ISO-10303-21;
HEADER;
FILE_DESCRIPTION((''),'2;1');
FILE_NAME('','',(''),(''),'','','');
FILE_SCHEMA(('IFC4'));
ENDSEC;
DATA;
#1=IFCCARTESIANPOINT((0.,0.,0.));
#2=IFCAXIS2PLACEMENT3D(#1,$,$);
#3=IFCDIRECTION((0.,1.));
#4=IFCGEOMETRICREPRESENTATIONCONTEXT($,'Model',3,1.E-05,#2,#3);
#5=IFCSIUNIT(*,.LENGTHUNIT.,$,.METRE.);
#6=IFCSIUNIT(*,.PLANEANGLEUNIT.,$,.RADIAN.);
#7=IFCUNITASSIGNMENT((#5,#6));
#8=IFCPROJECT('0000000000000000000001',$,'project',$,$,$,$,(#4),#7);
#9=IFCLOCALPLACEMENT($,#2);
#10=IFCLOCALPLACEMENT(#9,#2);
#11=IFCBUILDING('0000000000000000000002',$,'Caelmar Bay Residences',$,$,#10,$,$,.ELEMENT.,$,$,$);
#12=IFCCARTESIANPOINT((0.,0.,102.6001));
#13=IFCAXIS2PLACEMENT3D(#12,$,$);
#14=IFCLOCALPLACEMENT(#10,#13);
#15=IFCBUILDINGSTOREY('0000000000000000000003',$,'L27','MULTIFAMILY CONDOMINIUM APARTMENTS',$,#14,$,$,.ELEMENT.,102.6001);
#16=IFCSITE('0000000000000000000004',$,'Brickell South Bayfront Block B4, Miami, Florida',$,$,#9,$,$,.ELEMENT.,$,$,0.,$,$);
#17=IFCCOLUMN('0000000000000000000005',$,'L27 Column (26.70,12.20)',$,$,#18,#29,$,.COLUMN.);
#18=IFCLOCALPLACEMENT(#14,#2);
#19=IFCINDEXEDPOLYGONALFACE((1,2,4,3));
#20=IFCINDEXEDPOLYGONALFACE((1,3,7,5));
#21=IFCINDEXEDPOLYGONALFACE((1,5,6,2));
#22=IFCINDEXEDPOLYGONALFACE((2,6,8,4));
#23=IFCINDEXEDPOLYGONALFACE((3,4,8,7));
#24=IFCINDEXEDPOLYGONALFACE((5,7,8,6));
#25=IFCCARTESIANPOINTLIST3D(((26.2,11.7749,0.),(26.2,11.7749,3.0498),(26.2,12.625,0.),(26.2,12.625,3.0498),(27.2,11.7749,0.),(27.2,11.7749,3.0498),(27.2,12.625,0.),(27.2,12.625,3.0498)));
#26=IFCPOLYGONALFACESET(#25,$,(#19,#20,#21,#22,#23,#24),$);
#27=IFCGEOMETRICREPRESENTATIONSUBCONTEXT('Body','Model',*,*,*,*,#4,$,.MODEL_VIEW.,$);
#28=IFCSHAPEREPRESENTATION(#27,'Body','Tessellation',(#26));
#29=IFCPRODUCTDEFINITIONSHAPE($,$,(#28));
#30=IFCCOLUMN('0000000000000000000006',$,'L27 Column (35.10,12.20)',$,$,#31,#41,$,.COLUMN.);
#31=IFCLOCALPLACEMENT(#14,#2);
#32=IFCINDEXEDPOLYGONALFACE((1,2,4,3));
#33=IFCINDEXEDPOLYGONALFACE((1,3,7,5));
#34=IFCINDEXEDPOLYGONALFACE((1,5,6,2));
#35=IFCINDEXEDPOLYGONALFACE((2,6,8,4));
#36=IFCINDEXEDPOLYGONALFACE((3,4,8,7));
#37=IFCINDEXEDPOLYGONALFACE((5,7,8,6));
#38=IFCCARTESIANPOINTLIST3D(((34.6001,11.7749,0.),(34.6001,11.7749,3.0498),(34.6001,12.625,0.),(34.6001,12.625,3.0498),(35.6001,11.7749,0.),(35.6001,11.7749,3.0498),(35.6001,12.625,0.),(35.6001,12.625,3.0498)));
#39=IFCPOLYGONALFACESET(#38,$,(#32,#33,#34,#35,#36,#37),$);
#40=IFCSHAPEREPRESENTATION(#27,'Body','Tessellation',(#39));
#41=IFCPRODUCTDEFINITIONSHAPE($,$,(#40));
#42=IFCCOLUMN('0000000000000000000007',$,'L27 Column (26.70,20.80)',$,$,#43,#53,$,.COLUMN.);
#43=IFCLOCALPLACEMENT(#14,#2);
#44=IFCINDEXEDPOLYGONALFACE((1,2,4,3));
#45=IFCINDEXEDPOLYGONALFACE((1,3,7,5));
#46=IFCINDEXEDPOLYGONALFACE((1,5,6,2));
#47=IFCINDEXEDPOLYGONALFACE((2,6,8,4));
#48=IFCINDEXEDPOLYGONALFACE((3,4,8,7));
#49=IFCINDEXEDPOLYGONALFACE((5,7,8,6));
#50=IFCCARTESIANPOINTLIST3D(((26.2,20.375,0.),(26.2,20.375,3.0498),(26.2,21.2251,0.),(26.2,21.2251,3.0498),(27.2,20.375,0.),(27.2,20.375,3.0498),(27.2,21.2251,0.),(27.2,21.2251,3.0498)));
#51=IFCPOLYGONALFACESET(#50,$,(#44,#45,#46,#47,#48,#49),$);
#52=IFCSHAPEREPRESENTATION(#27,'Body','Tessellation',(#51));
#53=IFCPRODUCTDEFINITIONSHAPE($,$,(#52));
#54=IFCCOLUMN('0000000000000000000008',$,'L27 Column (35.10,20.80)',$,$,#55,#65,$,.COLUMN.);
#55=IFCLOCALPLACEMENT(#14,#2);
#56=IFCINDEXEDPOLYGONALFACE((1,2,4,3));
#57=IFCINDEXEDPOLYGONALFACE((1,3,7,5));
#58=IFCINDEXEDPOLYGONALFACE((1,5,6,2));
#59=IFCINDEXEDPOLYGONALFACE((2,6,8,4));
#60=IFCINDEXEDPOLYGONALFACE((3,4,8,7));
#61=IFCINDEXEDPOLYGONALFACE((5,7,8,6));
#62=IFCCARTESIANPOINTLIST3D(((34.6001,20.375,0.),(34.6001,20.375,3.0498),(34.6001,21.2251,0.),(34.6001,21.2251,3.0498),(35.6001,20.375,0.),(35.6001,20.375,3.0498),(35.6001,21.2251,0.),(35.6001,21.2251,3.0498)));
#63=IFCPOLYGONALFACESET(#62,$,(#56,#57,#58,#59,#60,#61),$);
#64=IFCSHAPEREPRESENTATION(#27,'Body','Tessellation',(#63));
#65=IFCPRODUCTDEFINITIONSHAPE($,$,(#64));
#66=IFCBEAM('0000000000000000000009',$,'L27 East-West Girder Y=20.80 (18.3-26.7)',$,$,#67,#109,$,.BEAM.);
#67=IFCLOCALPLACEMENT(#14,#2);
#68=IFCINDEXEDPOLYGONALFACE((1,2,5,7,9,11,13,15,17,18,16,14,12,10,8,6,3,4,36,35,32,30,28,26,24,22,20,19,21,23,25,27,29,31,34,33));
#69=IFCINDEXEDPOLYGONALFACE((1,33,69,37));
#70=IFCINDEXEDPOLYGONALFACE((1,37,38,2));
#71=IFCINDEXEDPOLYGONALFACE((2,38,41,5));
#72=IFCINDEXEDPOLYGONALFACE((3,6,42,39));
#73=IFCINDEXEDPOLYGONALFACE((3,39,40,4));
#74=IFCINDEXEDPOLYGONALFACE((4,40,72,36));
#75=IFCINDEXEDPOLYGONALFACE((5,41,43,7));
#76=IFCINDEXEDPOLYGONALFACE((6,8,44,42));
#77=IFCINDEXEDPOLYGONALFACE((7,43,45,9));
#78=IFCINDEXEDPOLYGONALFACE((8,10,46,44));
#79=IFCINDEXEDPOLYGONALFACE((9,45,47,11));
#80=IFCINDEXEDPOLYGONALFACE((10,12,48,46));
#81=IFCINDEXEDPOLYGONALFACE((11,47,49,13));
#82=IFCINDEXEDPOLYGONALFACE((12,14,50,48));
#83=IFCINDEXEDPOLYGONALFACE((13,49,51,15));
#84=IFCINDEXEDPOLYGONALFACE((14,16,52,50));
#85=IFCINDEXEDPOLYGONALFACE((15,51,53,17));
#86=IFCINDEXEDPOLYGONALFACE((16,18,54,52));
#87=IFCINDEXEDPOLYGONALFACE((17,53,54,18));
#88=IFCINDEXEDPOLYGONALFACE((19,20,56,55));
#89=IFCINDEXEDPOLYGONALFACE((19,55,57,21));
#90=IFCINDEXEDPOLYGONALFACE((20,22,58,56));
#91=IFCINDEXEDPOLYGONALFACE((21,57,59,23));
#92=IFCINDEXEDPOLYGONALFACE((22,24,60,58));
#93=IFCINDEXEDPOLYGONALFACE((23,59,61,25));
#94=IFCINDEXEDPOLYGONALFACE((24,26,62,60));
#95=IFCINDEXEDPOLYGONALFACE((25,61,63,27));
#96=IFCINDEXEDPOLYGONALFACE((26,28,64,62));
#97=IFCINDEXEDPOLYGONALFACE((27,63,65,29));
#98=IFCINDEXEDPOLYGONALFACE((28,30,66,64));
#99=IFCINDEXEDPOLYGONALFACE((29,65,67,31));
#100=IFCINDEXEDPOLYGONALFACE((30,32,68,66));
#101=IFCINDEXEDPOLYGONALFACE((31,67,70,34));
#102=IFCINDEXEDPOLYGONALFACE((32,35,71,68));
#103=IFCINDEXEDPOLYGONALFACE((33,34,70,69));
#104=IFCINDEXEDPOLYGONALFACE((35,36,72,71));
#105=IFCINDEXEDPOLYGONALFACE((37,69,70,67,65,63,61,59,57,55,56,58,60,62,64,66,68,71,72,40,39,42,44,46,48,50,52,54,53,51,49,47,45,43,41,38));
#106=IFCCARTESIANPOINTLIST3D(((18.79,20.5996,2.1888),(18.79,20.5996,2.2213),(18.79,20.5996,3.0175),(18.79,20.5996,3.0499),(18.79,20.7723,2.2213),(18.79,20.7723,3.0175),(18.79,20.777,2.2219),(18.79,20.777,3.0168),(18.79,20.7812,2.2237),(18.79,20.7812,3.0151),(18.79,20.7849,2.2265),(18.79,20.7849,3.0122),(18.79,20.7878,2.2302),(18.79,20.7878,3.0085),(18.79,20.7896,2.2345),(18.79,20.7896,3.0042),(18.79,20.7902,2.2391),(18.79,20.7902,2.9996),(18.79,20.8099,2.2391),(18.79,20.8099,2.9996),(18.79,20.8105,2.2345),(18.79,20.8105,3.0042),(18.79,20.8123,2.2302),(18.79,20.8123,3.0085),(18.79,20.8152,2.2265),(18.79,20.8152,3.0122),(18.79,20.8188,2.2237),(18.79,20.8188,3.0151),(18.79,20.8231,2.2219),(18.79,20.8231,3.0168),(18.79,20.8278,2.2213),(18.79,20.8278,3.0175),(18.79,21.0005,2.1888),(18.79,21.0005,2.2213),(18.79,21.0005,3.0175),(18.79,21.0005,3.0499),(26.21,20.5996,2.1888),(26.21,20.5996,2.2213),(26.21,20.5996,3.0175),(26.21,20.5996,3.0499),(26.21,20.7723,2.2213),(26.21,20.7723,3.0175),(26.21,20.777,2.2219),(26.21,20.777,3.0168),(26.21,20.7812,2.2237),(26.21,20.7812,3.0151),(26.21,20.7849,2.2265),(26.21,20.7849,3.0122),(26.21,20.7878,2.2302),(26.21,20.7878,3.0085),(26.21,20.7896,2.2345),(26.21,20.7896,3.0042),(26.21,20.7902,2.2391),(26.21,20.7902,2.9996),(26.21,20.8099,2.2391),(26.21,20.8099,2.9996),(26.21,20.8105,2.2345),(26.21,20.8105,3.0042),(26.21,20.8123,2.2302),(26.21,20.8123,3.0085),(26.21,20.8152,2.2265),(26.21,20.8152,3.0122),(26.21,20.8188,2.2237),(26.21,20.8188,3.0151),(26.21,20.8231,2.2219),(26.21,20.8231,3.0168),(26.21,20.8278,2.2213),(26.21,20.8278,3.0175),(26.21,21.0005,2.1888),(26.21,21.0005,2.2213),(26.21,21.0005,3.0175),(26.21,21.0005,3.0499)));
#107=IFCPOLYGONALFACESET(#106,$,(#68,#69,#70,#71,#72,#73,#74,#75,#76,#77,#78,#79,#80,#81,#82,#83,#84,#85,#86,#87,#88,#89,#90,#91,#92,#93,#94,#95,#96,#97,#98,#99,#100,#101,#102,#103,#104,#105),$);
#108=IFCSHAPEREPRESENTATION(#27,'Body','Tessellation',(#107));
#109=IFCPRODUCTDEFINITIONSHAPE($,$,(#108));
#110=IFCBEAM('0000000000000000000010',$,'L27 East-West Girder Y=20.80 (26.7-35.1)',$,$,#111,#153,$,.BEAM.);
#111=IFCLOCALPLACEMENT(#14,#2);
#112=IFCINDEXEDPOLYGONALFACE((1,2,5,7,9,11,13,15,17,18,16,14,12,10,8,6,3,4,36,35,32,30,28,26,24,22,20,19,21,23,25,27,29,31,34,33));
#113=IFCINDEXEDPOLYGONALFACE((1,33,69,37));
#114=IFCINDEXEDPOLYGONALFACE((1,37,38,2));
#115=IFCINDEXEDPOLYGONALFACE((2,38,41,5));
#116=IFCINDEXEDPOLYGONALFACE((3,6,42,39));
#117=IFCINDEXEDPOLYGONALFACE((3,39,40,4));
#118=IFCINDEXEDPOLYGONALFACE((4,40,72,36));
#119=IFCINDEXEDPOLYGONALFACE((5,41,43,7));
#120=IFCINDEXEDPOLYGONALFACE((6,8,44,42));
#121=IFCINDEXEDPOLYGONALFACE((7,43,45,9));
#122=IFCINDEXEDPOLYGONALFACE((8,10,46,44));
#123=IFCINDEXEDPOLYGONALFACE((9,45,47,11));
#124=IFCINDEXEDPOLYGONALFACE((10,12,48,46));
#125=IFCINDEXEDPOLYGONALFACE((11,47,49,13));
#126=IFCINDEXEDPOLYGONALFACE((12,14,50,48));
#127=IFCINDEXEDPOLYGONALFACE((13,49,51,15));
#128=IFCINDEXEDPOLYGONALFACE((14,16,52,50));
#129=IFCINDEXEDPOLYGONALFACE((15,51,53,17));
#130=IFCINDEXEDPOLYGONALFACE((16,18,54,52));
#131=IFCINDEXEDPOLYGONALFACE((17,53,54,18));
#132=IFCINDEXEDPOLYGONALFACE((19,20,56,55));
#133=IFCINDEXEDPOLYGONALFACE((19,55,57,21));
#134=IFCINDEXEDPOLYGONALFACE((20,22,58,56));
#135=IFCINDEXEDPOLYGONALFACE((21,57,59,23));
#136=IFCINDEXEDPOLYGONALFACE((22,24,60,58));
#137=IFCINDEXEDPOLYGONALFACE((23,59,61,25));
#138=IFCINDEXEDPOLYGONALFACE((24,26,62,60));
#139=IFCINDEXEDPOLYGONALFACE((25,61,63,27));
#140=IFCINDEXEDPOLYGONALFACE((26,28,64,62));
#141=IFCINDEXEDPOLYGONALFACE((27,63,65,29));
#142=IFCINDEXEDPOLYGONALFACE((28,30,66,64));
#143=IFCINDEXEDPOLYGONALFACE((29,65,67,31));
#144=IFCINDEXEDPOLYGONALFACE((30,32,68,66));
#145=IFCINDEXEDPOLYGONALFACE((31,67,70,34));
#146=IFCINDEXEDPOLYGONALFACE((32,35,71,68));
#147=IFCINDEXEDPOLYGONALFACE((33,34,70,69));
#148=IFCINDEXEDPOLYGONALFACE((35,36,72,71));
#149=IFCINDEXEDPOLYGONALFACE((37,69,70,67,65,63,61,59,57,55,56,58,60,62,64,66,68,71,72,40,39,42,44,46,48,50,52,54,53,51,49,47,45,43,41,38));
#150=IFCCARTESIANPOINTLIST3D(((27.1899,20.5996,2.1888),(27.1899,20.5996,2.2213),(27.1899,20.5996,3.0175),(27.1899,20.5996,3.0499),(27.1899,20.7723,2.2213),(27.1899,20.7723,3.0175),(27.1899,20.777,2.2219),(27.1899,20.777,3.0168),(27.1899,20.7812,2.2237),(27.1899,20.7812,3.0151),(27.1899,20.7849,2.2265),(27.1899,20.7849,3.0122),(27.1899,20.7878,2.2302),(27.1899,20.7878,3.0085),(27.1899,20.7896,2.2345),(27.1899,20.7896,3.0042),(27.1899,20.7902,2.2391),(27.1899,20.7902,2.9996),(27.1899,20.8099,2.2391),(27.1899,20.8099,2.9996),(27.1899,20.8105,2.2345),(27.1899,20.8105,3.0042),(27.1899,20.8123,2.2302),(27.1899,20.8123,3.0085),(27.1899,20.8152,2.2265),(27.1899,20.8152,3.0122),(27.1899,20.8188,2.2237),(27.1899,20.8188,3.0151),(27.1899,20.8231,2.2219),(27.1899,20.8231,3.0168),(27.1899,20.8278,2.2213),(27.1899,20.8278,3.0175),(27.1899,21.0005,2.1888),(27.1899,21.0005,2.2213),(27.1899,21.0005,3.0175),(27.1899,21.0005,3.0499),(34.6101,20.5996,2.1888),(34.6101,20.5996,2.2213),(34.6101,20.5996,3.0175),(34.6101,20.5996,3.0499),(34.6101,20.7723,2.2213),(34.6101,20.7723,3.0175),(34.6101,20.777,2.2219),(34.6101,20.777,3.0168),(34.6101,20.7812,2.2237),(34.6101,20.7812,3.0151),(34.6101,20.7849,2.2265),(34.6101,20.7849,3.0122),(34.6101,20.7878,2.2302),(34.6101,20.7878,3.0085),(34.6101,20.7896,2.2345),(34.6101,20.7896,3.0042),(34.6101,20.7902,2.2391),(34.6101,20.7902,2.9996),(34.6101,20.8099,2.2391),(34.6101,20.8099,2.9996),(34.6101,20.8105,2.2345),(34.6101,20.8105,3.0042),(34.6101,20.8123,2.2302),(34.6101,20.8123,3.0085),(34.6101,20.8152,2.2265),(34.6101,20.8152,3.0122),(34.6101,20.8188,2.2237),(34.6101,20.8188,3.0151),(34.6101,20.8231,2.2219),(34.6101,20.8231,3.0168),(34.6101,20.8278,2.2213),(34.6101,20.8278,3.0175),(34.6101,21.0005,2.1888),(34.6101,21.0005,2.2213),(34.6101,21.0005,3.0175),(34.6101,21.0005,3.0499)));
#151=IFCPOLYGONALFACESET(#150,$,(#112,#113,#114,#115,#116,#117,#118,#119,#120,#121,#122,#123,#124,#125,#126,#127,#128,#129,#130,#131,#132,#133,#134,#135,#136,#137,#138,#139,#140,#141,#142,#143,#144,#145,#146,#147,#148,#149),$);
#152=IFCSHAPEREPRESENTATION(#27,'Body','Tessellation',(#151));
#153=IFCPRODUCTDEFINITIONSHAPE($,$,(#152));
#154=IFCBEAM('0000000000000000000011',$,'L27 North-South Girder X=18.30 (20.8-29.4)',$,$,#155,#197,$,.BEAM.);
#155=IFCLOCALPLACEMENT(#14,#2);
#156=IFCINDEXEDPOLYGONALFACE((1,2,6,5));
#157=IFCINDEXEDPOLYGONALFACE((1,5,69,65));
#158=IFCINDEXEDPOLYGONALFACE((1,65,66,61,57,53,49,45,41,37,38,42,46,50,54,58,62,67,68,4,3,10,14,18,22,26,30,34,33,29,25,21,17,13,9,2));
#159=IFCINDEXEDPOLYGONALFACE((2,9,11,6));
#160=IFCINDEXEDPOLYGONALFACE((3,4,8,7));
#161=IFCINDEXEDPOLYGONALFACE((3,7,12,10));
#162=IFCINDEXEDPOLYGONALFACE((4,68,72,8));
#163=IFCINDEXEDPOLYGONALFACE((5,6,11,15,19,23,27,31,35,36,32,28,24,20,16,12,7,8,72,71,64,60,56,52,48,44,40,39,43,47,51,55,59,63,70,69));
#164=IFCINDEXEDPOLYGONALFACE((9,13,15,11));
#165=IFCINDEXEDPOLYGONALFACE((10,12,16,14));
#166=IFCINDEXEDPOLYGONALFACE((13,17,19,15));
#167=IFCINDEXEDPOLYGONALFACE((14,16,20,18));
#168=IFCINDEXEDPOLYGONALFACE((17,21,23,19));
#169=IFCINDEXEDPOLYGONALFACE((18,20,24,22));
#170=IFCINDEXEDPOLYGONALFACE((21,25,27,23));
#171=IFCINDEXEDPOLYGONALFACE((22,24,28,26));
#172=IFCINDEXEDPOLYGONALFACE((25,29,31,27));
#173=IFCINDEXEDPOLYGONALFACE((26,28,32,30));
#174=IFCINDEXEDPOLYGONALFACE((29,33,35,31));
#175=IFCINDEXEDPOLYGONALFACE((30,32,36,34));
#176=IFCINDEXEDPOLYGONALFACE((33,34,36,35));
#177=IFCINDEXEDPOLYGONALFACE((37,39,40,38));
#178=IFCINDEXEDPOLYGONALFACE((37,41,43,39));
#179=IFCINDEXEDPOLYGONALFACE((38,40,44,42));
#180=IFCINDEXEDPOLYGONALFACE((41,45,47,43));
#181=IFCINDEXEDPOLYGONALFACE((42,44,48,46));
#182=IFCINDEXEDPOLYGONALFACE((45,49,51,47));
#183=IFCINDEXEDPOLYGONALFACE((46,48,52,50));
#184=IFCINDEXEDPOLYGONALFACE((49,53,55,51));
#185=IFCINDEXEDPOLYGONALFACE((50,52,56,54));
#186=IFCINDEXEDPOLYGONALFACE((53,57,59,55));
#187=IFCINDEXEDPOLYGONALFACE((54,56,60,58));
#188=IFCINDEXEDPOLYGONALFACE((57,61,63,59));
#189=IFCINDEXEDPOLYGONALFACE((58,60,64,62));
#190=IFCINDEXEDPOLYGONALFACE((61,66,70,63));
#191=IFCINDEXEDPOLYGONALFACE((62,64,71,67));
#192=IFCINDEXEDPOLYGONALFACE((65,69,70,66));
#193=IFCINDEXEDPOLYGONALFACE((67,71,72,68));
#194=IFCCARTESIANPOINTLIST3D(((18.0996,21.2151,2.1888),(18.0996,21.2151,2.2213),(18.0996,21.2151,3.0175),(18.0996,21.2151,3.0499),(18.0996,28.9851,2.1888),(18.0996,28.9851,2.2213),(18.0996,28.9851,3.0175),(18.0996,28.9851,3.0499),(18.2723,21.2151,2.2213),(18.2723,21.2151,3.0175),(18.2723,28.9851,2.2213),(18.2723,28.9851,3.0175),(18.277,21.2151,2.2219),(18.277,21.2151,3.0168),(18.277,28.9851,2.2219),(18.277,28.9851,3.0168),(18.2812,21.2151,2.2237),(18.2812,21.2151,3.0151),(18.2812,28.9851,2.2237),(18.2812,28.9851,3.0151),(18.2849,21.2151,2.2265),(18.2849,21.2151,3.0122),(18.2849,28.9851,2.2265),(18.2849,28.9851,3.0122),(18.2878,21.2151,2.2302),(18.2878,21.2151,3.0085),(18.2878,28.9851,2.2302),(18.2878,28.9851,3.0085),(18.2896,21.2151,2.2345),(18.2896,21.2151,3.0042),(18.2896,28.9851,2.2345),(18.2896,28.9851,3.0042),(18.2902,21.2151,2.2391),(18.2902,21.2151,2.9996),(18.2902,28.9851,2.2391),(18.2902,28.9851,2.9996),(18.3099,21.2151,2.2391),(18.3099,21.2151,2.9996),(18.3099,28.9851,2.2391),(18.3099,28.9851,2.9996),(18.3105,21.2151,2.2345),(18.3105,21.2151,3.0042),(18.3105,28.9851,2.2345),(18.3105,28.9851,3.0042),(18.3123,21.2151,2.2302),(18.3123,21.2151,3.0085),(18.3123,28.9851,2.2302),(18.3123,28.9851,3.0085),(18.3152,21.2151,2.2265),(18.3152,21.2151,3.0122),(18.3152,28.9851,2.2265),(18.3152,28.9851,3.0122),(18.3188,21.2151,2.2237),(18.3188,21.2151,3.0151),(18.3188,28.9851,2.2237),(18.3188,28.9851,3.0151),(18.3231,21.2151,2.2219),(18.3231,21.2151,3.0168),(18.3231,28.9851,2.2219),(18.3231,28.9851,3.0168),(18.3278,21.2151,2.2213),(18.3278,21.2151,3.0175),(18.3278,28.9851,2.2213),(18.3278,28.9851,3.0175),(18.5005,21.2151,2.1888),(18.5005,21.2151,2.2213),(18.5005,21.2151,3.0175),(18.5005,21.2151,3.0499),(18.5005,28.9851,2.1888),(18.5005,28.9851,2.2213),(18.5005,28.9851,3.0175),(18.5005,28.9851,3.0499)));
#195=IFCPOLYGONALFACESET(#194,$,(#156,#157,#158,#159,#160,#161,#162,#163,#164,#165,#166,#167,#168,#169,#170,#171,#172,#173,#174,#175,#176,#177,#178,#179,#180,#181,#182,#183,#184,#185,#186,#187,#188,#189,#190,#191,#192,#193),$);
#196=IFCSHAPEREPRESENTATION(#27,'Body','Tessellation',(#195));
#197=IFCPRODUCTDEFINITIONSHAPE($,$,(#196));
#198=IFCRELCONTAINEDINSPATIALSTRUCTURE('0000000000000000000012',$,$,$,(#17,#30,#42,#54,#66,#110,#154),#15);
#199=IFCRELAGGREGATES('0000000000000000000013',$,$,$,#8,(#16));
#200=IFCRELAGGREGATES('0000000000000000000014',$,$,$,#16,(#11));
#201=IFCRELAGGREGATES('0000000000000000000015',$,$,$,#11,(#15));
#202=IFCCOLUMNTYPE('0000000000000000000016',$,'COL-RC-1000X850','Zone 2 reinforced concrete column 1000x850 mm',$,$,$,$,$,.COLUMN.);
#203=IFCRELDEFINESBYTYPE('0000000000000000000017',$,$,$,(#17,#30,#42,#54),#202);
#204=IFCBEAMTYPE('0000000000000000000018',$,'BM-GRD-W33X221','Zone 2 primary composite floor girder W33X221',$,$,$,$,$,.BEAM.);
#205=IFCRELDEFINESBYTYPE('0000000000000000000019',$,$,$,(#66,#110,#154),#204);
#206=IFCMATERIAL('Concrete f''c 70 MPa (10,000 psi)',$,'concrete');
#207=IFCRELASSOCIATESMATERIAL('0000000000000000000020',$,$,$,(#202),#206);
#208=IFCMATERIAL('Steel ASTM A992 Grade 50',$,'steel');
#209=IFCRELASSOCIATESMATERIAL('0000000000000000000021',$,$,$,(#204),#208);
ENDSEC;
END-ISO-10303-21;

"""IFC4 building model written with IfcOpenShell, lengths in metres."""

from ifc_helpers import new_model, si_unit, direction, frame, origin, origin_2d, place, context, subcontext, project, spatial, rectangle, i_section, extrude, material, material_profile, profile_set, type_object, element, save


model = new_model("IFC4")

# Units and contexts
model_context = context("Model", 3, precision=1e-05, world=origin(), true_north=direction((0.0, 1.0)))
body_context = subcontext(model_context, "Body", "Model", "MODEL_VIEW")
ifc_project = project(units=[si_unit("LENGTHUNIT", "METRE"), si_unit("PLANEANGLEUNIT", "RADIAN")], contexts=[model_context])

# Site, building, storey
site_placement = place(None, origin())
site = spatial("IfcSite", under=ifc_project, at=site_placement, Name="Brickell South Bayfront Block B4, Miami, Florida", CompositionType="ELEMENT", RefElevation=0.0)
building_placement = place(site_placement, origin())
building = spatial("IfcBuilding", under=site, at=building_placement, Name="Caelmar Bay Residences", CompositionType="ELEMENT")
storey_placement = place(building_placement, frame((0.0, 0.0, 102.6001)))
storey = spatial("IfcBuildingStorey", under=building, at=storey_placement, Name="L27", Description="MULTIFAMILY CONDOMINIUM APARTMENTS", CompositionType="ELEMENT", Elevation=102.6001)

# Columns
ifc_material_1 = material(Name="Concrete f'c 70 MPa (10,000 psi)", Category="concrete")
ifc_material_profile_1 = material_profile(ifc_material_1, rectangle(XDim=1.0, YDim=0.8501, at=origin_2d()), Name="RC-COL-1000X850")
ifc_profile_set_1 = profile_set([ifc_material_profile_1], Name="Concrete f'c 70 MPa (10,000 psi)")
column_type = type_object("IfcColumnType", Name="COL-RC-1000X850", Description="Zone 2 reinforced concrete column 1000x850 mm", PredefinedType="COLUMN", material=ifc_profile_set_1)
for number, where, z_axis, x_axis, name in (
    (1, (26.7, 12.2, 0.0), (0.0, 0.0, 1.0), (1.0, 0.0, 0.0), "L27 Column (26.70,12.20)"),
    (2, (35.1001, 12.2, 0.0), (0.0, 0.0, 1.0), (1.0, 0.0, 0.0), "L27 Column (35.10,12.20)"),
    (3, (26.7, 20.8, 0.0), (0.0, 0.0, 1.0), (1.0, 0.0, 0.0), "L27 Column (26.70,20.80)"),
    (4, (35.1001, 20.8, 0.0), (0.0, 0.0, 1.0), (1.0, 0.0, 0.0), "L27 Column (35.10,20.80)"),
):
    element("IfcColumn", number, at=place(storey_placement, frame(where, z_axis=z_axis, x_axis=x_axis)), inside=storey, type_object=column_type, Name=name, PredefinedType="COLUMN", context=body_context, shape_type="SweptSolid", body=[
        extrude(rectangle(XDim=1.0, YDim=0.8501, at=origin_2d()), origin(), (0.0, 0.0, 1.0), 3.0498),
    ])

# Beams
ifc_material_2 = material(Name="Steel ASTM A992 Grade 50", Category="steel")
ifc_material_profile_2 = material_profile(ifc_material_2, i_section(OverallWidth=0.4009, OverallDepth=0.8611, WebThickness=0.0198, FlangeThickness=0.0325, FilletRadius=0.0178, at=origin_2d()), Name="W33X221")
ifc_profile_set_2 = profile_set([ifc_material_profile_2], Name="Steel ASTM A992 Grade 50")
beam_type_1 = type_object("IfcBeamType", Name="BM-GRD-W33X221", Description="Zone 2 primary composite floor girder W33X221", PredefinedType="BEAM", material=ifc_profile_set_2)
beam_1_placement = place(storey_placement, frame((18.79, 20.8, 2.6194), z_axis=(1.0, 0.0, 0.0), x_axis=(0.0, 1.0, 0.0)))
element("IfcBeam", 5, at=beam_1_placement, inside=storey, type_object=beam_type_1, Name="L27 East-West Girder Y=20.80 (18.3-26.7)", PredefinedType="BEAM", context=body_context, shape_type="SweptSolid", body=[
    extrude(i_section(OverallWidth=0.4009, OverallDepth=0.8611, WebThickness=0.0198, FlangeThickness=0.0325, FilletRadius=0.0178, at=origin_2d()), origin(), (0.0, 0.0, 1.0), 7.4199),
])
beam_2_placement = place(storey_placement, frame((27.1899, 20.8, 2.6194), z_axis=(1.0, 0.0, 0.0), x_axis=(0.0, 1.0, 0.0)))
element("IfcBeam", 6, at=beam_2_placement, inside=storey, type_object=beam_type_1, Name="L27 East-West Girder Y=20.80 (26.7-35.1)", PredefinedType="BEAM", context=body_context, shape_type="SweptSolid", body=[
    extrude(i_section(OverallWidth=0.4009, OverallDepth=0.8611, WebThickness=0.0198, FlangeThickness=0.0325, FilletRadius=0.0178, at=origin_2d()), origin(), (0.0, 0.0, 1.0), 7.4202),
])
for number, where, z_axis, x_axis, name in (
    (7, (18.3, 21.2151, 2.6194), (0.0, 1.0, 0.0), (-1.0, 0.0, 0.0), "L27 North-South Girder X=18.30 (20.8-29.4)"),
):
    element("IfcBeam", number, at=place(storey_placement, frame(where, z_axis=z_axis, x_axis=x_axis)), inside=storey, type_object=beam_type_1, Name=name, PredefinedType="BEAM", context=body_context, shape_type="SweptSolid", body=[
        extrude(i_section(OverallWidth=0.4009, OverallDepth=0.8611, WebThickness=0.0198, FlangeThickness=0.0325, FilletRadius=0.0178, at=origin_2d()), origin(), (0.0, 0.0, 1.0), 7.77),
    ])

save(model, "model.ifc")
